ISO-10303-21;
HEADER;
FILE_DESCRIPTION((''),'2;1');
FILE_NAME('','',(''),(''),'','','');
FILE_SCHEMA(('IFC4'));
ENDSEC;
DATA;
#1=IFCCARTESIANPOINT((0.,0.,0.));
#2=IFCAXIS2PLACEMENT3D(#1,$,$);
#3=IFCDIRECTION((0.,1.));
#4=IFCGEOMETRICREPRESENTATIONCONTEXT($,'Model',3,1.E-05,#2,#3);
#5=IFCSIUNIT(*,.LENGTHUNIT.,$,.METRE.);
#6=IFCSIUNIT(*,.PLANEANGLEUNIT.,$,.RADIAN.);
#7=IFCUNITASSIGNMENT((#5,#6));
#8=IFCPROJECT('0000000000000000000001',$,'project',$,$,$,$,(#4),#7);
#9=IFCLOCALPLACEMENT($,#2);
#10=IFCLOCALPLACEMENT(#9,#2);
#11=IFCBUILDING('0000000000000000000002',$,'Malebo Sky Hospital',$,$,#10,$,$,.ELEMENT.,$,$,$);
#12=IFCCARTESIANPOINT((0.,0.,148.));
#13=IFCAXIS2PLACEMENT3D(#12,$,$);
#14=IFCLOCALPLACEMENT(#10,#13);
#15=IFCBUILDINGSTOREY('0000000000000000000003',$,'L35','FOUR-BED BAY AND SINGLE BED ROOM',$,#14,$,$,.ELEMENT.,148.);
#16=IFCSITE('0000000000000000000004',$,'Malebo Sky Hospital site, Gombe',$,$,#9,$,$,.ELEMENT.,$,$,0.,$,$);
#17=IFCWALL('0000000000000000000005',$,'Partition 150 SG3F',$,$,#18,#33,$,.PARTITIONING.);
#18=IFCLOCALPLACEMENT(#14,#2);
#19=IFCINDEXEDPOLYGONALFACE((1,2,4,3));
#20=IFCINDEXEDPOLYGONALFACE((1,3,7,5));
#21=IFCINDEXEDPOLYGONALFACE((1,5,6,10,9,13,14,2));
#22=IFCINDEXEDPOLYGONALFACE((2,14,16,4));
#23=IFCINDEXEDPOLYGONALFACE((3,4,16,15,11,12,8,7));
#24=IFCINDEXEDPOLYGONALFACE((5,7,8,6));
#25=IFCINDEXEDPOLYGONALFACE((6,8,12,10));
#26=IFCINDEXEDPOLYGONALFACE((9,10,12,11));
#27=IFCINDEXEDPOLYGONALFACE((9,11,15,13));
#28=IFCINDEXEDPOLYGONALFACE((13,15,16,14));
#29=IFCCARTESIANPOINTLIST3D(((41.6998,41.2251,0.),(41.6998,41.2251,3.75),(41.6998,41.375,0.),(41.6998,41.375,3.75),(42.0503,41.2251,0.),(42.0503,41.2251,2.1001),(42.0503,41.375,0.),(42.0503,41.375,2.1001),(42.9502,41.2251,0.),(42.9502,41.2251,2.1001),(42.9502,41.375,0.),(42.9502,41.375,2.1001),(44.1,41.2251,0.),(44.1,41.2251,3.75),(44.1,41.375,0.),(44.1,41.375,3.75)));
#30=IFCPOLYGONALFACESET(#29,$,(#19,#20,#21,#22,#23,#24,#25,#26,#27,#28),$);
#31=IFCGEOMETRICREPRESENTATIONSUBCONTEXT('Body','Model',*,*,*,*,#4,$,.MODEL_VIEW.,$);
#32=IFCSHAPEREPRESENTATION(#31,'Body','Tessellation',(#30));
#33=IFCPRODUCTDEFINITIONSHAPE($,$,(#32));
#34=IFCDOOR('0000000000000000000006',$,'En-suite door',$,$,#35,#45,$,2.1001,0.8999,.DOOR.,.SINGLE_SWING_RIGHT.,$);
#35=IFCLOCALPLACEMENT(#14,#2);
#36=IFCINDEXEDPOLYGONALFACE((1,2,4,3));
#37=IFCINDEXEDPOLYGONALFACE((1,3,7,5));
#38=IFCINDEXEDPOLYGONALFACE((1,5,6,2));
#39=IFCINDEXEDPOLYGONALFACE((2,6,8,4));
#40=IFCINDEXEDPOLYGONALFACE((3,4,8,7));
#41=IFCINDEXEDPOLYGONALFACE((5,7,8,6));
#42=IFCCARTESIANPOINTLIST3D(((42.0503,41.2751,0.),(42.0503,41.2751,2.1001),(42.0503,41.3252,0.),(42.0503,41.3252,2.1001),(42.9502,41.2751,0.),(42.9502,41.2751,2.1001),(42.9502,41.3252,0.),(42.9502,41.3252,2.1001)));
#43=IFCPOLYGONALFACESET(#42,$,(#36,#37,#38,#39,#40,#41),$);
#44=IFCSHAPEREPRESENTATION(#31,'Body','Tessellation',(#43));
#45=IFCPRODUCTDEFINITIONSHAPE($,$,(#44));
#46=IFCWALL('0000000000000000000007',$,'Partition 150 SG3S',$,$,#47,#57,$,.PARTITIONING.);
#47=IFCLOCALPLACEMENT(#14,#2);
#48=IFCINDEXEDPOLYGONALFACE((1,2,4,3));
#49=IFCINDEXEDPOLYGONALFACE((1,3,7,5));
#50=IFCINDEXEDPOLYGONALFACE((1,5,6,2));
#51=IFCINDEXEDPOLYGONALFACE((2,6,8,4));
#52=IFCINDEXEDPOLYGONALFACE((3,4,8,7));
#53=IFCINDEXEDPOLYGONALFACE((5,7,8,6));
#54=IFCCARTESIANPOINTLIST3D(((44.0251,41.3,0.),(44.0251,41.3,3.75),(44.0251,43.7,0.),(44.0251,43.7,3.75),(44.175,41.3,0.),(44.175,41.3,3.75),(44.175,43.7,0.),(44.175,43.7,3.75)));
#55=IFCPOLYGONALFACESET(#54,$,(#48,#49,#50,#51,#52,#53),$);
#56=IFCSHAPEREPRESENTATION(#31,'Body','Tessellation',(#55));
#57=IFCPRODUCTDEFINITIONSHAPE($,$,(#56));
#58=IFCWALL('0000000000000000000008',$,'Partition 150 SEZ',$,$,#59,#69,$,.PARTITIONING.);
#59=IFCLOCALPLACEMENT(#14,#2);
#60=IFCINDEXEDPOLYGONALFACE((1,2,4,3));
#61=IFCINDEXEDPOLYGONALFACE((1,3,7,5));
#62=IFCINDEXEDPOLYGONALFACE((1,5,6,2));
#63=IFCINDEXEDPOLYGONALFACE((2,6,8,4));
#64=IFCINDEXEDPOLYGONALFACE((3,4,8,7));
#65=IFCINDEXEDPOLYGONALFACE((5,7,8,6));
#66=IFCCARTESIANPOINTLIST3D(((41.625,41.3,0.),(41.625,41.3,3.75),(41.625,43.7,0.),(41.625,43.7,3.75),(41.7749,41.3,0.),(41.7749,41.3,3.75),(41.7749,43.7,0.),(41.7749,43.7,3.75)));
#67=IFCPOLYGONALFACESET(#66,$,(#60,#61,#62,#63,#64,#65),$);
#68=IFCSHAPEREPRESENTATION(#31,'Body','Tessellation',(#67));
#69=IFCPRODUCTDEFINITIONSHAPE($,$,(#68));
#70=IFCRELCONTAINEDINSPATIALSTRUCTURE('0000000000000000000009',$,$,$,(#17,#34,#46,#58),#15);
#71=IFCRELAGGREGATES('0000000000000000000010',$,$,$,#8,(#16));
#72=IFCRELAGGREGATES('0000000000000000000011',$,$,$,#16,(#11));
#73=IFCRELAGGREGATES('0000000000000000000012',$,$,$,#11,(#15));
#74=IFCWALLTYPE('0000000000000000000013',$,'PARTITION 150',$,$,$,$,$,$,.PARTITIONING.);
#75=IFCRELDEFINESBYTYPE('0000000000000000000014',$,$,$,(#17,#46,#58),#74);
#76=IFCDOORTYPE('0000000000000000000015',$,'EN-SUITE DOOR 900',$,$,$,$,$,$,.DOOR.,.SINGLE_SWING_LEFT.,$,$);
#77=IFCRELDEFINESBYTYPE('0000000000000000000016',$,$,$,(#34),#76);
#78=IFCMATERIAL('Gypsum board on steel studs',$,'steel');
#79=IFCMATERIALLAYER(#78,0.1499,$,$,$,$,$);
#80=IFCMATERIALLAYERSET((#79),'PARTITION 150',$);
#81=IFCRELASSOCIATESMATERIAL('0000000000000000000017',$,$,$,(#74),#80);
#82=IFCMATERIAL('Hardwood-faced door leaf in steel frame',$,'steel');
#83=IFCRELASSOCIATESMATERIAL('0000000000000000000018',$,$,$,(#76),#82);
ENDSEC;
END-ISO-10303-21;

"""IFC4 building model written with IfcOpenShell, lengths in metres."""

from ifc_helpers import new_model, si_unit, direction, frame, frame_2d, origin, place, context, subcontext, project, spatial, rectangle, extrude, material, layer, layer_set, type_object, element, fill, save


model = new_model("IFC4")

# Units and contexts
model_context = context("Model", 3, precision=1e-05, world=origin(), true_north=direction((0.0, 1.0)))
body_context = subcontext(model_context, "Body", "Model", "MODEL_VIEW")
ifc_project = project(units=[si_unit("LENGTHUNIT", "METRE"), si_unit("PLANEANGLEUNIT", "RADIAN")], contexts=[model_context])

# Site, building, storey
site_placement = place(None, origin())
site = spatial("IfcSite", under=ifc_project, at=site_placement, Name="Malebo Sky Hospital site, Gombe", CompositionType="ELEMENT", RefElevation=0.0)
building_placement = place(site_placement, origin())
building = spatial("IfcBuilding", under=site, at=building_placement, Name="Malebo Sky Hospital", CompositionType="ELEMENT")
storey_placement = place(building_placement, frame((0.0, 0.0, 148.0)))
storey = spatial("IfcBuildingStorey", under=building, at=storey_placement, Name="L35", Description="FOUR-BED BAY AND SINGLE BED ROOM", CompositionType="ELEMENT", Elevation=148.0)

# Shared definitions
ifc_material_1 = material(Name="Gypsum board on steel studs", Category="steel")
ifc_material_2 = material(Name="Hardwood-faced door leaf in steel frame", Category="steel")

# Shared definitions
ifc_layer_1 = layer(ifc_material_1, 0.1499)
ifc_layer_set_1 = layer_set([ifc_layer_1], Name="PARTITION 150")
wall_type_1 = type_object("IfcWallType", Name="PARTITION 150", PredefinedType="PARTITIONING", material=ifc_layer_set_1)

# Wall, opening, door
wall_1_placement = place(storey_placement, frame((44.1001, 41.3, 0.0), z_axis=(0.0, 0.0, 1.0), x_axis=(-1.0, 0.0, 0.0)))
wall_1 = element("IfcWall", 1, at=wall_1_placement, inside=storey, type_object=wall_type_1, Name="Partition 150 SG3F", PredefinedType="PARTITIONING", context=body_context, shape_type="SweptSolid", body=[
    extrude(rectangle(XDim=2.4001, YDim=0.1499, at=frame_2d((1.2002, 0.0))), origin(), (0.0, 0.0, 1.0), 3.75),
])
opening_1_placement = place(wall_1_placement, frame((1.1499, 0.0, 0.0)))
opening_1 = element("IfcOpeningElement", 2, at=opening_1_placement, cuts=wall_1, PredefinedType="OPENING", context=body_context, shape_type="SweptSolid", body=[
    extrude(rectangle(XDim=0.8999, YDim=2.1001, at=frame_2d((0.45, 1.05))), frame((0.0, 0.085, 0.0), z_axis=(0.0, -1.0, 0.0), x_axis=(1.0, 0.0, 0.0)), (0.0, 0.0, 1.0), 0.1699),
])
door_type_1 = type_object("IfcDoorType", Name="EN-SUITE DOOR 900", OperationType="SINGLE_SWING_LEFT", PredefinedType="DOOR", material=ifc_material_2)
door_1_placement = place(opening_1_placement, origin())
door_1 = element("IfcDoor", 3, at=door_1_placement, inside=storey, type_object=door_type_1, Name="En-suite door", OperationType="SINGLE_SWING_RIGHT", OverallHeight=2.1001, OverallWidth=0.8999, PredefinedType="DOOR", context=body_context, shape_type="SweptSolid", body=[
    extrude(rectangle(XDim=0.8999, YDim=2.1001, at=frame_2d((0.45, 1.05))), frame((0.0, 0.0249, 0.0), z_axis=(0.0, -1.0, 0.0), x_axis=(1.0, 0.0, 0.0)), (0.0, 0.0, 1.0), 0.05),
])
fill(opening_1, door_1)

# Walls
for number, where, z_axis, x_axis, name in (
    (4, (44.1001, 43.7, 0.0), (0.0, 0.0, 1.0), (0.0, -1.0, 0.0), "Partition 150 SG3S"),
    (5, (41.7, 43.7, 0.0), (0.0, 0.0, 1.0), (0.0, -1.0, 0.0), "Partition 150 SEZ"),
):
    element("IfcWall", number, at=place(storey_placement, frame(where, z_axis=z_axis, x_axis=x_axis)), inside=storey, type_object=wall_type_1, Name=name, PredefinedType="PARTITIONING", context=body_context, shape_type="SweptSolid", body=[
        extrude(rectangle(XDim=2.3999, YDim=0.1499, at=frame_2d((1.2, 0.0))), origin(), (0.0, 0.0, 1.0), 3.75),
    ])

save(model, "model.ifc")
